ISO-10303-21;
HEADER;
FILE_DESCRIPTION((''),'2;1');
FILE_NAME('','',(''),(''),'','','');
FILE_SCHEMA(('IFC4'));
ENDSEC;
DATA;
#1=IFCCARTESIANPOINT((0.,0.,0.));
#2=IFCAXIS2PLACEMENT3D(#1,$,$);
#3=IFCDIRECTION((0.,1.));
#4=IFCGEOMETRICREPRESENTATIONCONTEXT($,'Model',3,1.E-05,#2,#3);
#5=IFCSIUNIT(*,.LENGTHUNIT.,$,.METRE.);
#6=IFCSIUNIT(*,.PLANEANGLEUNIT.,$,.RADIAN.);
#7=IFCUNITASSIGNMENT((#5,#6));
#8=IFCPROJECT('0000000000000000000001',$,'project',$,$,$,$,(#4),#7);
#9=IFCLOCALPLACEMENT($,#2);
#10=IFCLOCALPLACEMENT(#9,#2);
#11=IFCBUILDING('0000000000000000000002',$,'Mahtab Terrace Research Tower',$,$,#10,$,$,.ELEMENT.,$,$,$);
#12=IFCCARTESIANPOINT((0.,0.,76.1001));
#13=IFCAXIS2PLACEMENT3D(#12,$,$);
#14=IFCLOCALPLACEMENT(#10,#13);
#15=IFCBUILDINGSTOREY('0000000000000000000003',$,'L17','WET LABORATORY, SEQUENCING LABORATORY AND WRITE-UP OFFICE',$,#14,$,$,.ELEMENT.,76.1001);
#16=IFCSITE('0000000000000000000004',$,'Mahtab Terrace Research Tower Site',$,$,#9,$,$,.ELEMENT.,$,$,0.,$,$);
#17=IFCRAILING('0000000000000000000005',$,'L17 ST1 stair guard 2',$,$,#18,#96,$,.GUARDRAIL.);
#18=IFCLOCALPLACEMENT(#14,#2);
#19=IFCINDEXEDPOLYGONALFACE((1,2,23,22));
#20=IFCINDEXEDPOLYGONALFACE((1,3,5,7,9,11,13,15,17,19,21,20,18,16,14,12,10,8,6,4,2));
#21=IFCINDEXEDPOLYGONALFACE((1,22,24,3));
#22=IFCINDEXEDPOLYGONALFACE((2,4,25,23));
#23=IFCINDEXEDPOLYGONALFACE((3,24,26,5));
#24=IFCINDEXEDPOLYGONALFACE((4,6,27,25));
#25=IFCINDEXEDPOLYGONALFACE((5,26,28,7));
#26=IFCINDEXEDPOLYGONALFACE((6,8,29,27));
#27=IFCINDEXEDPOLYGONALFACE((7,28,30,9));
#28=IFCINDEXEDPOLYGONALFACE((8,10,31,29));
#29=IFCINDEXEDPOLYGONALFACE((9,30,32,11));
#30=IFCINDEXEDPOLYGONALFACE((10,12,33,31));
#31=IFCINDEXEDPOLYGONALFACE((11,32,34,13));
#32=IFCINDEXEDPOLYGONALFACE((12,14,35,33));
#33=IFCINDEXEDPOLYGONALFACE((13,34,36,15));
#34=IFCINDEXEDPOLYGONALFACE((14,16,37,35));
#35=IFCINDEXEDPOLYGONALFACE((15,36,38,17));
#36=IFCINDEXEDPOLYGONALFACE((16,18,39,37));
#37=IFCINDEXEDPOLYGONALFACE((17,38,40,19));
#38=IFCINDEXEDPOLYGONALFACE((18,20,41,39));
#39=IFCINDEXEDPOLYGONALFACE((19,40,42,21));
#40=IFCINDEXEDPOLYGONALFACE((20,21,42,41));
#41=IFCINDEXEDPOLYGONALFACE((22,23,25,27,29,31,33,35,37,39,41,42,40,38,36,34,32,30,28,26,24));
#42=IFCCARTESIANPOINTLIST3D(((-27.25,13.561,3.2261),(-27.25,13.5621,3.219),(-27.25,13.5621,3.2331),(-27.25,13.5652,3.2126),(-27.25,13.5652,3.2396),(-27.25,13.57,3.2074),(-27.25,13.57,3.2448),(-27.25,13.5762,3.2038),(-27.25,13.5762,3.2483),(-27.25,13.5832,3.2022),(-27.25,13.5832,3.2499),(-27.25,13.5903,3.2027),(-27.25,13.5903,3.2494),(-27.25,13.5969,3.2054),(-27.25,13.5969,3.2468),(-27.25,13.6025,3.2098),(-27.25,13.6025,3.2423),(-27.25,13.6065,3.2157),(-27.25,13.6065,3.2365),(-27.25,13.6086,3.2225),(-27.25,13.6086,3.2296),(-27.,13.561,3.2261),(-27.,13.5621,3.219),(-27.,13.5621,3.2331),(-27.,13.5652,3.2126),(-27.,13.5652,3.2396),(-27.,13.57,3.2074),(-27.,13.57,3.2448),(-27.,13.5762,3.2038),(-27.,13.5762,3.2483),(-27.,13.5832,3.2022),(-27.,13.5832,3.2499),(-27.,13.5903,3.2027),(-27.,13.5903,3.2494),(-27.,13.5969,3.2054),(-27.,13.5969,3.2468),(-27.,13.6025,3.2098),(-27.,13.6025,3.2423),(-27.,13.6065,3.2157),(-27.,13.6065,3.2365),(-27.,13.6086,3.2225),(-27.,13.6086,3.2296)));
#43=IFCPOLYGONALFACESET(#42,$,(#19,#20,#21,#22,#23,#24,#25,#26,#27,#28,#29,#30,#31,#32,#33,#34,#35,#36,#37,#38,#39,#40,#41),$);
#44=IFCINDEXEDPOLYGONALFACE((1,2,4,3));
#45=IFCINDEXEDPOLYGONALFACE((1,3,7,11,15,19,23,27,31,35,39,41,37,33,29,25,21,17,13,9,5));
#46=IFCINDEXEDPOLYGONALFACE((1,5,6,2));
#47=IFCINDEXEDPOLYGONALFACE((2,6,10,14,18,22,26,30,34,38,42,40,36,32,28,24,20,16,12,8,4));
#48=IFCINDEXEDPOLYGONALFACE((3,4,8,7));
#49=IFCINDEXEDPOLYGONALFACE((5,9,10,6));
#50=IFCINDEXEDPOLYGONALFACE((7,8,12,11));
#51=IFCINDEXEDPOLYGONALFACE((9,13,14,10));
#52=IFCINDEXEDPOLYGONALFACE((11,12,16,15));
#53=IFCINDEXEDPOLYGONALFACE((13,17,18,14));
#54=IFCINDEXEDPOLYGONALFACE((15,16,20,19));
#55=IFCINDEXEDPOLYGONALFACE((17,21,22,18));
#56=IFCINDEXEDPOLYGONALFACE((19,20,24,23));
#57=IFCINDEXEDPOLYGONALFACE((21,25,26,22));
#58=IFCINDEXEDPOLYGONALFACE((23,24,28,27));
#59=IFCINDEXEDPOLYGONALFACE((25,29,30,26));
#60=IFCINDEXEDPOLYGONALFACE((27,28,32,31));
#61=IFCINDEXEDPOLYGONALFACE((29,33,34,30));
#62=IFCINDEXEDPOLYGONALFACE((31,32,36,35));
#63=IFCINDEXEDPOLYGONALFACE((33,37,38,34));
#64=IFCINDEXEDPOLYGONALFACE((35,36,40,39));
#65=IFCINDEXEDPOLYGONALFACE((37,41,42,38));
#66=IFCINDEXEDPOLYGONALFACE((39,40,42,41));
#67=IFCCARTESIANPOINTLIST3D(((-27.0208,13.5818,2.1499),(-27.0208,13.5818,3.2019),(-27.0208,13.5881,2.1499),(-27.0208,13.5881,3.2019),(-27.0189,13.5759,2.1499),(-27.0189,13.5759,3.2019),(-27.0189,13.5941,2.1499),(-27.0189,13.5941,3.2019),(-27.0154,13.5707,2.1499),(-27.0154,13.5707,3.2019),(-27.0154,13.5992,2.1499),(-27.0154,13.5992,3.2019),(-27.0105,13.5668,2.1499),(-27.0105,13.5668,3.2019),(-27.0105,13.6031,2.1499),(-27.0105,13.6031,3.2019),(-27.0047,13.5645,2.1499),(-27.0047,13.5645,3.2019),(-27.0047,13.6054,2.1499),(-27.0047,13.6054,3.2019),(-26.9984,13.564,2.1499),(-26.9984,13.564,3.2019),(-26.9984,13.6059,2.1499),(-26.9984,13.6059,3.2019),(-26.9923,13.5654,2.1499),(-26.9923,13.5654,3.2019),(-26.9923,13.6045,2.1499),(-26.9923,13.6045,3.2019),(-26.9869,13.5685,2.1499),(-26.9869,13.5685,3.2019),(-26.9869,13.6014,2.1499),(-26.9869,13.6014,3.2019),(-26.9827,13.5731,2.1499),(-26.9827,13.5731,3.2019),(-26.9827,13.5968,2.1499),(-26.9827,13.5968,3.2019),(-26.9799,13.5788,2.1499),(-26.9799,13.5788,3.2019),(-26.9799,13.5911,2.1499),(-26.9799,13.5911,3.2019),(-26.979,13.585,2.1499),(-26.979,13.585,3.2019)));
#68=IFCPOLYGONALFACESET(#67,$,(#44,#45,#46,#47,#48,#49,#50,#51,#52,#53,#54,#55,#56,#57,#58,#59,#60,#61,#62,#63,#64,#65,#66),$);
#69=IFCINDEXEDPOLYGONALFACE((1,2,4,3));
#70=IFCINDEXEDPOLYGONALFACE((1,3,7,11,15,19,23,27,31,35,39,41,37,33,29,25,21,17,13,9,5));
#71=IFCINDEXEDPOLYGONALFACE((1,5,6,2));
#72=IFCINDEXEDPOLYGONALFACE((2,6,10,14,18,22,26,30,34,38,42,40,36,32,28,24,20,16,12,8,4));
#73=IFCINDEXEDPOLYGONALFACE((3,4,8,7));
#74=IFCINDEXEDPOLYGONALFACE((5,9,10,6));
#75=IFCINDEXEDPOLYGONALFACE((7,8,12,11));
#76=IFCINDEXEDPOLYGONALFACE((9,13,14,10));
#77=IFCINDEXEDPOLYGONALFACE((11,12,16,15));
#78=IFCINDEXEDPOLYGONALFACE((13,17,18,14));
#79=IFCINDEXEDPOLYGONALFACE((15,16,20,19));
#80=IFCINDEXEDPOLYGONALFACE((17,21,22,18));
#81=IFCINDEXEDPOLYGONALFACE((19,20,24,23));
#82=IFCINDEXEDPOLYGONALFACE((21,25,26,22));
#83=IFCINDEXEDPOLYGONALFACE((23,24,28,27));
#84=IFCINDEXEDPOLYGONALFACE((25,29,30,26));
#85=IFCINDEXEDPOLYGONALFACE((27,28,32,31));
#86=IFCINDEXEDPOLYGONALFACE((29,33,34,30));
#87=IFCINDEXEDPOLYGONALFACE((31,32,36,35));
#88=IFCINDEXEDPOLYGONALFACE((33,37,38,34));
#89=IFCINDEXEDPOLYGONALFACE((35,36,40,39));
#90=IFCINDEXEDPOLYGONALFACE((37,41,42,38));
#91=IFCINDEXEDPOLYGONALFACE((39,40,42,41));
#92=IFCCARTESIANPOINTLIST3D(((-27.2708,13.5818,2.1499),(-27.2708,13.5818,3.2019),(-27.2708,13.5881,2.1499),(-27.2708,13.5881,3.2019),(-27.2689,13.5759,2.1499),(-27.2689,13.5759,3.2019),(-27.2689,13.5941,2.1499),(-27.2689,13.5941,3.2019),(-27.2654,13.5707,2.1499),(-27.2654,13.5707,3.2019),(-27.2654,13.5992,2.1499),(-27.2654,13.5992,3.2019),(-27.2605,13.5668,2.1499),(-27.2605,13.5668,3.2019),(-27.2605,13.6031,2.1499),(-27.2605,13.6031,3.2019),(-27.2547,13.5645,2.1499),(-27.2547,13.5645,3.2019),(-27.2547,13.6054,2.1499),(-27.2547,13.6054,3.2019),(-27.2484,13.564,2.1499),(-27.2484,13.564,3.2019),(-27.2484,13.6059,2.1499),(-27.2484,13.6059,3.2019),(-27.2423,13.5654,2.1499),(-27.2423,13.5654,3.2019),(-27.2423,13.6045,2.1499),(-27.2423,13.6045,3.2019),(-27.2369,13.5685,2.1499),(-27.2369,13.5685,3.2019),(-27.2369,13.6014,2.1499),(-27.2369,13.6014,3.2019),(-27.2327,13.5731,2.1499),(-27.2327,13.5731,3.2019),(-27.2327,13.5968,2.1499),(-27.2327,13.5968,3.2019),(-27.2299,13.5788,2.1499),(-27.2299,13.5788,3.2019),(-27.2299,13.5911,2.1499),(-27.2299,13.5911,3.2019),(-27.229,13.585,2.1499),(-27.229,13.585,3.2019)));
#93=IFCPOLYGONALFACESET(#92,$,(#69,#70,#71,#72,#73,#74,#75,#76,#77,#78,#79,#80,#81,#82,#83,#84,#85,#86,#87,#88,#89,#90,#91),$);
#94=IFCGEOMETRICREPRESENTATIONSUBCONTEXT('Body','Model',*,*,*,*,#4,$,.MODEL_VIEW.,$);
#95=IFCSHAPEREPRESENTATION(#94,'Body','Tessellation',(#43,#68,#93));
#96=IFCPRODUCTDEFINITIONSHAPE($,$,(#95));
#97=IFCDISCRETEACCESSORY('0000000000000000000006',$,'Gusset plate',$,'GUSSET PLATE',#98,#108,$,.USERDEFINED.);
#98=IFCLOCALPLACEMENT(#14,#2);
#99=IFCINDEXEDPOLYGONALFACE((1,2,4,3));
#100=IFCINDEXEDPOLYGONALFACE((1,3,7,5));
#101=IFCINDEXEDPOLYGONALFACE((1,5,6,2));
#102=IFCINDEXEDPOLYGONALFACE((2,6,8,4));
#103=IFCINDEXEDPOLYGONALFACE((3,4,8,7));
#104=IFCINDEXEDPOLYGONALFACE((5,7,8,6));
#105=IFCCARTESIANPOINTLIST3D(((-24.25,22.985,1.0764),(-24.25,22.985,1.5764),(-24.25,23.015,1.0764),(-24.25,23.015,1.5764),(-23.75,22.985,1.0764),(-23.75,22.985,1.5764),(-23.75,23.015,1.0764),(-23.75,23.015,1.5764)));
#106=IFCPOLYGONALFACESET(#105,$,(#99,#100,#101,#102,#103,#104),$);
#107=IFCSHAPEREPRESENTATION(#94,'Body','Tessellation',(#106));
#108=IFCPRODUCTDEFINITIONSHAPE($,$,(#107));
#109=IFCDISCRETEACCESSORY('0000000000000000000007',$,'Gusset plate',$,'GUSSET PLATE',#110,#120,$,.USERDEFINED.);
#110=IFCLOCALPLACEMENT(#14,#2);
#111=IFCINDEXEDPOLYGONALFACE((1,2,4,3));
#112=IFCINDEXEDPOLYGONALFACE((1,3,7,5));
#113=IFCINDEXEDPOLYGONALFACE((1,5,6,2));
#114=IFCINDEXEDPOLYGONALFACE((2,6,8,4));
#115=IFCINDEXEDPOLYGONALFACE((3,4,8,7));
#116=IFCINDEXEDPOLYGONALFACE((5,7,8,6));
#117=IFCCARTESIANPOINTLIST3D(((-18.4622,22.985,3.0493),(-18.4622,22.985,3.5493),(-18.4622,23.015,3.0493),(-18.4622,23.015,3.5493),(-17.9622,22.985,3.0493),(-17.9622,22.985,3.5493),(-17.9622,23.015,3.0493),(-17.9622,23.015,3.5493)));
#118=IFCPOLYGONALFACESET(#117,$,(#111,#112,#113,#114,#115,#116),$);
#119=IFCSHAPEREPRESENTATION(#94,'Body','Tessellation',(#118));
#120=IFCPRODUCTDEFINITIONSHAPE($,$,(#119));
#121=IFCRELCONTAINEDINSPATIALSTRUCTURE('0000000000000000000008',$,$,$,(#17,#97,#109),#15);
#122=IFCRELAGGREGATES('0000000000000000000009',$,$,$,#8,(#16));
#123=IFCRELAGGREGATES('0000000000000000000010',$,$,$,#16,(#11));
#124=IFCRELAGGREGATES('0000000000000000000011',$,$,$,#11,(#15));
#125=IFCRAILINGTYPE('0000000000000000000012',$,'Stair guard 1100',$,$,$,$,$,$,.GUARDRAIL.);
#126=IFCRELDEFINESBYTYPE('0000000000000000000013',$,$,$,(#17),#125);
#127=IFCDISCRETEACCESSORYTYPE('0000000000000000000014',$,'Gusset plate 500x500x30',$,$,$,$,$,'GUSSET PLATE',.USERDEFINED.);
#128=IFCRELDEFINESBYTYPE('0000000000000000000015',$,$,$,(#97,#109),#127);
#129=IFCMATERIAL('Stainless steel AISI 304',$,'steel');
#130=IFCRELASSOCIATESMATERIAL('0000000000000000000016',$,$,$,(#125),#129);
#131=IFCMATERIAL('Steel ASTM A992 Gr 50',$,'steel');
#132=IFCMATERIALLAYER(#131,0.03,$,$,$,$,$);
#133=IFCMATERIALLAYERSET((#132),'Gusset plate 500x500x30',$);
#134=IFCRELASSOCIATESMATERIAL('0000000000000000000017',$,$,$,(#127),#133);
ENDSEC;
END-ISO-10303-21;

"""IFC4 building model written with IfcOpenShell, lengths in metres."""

from ifc_helpers import new_model, si_unit, direction, frame, origin, origin_2d, place, context, subcontext, project, spatial, rectangle, circle, extrude, material, layer, layer_set, type_object, element, save


model = new_model("IFC4")

# Units and contexts
model_context = context("Model", 3, precision=1e-05, world=origin(), true_north=direction((0.0, 1.0)))
body_context = subcontext(model_context, "Body", "Model", "MODEL_VIEW")
ifc_project = project(units=[si_unit("LENGTHUNIT", "METRE"), si_unit("PLANEANGLEUNIT", "RADIAN")], contexts=[model_context])

# Site, building, storey
site_placement = place(None, origin())
site = spatial("IfcSite", under=ifc_project, at=site_placement, Name="Mahtab Terrace Research Tower Site", CompositionType="ELEMENT", RefElevation=0.0)
building_placement = place(site_placement, origin())
building = spatial("IfcBuilding", under=site, at=building_placement, Name="Mahtab Terrace Research Tower", CompositionType="ELEMENT")
storey_placement = place(building_placement, frame((0.0, 0.0, 76.1001)))
storey = spatial("IfcBuildingStorey", under=building, at=storey_placement, Name="L17", Description="WET LABORATORY, SEQUENCING LABORATORY AND WRITE-UP OFFICE", CompositionType="ELEMENT", Elevation=76.1001)

# Shared definitions
ifc_material_1 = material(Name="Steel ASTM A992 Gr 50", Category="steel")

# Shared definitions
ifc_material_2 = material(Name="Stainless steel AISI 304", Category="steel")

# Railing
railing_type = type_object("IfcRailingType", Name="Stair guard 1100", PredefinedType="GUARDRAIL", material=ifc_material_2)
railing_placement = place(storey_placement, frame((-27.0, 13.585, 2.1499)))
element("IfcRailing", 1, at=railing_placement, inside=storey, type_object=railing_type, Name="L17 ST1 stair guard 2", PredefinedType="GUARDRAIL", context=body_context, shape_type="SweptSolid", body=[
    extrude(circle(Radius=0.0239, at=origin_2d()), frame((0.0, 0.0, 1.0762), z_axis=(-1.0, 0.0, 0.0), x_axis=(0.0, -1.0, 0.0)), (0.0, 0.0, 1.0), 0.25),
    extrude(circle(Radius=0.021, at=origin_2d()), origin(), (0.0, 0.0, 1.0), 1.052),
    extrude(circle(Radius=0.021, at=origin_2d()), frame((-0.25, 0.0, 0.0)), (0.0, 0.0, 1.0), 1.052),
])

# Discrete accessories
ifc_layer_1 = layer(ifc_material_1, 0.03)
ifc_layer_set_1 = layer_set([ifc_layer_1], Name="Gusset plate 500x500x30")
discrete_accessory_type = type_object("IfcDiscreteAccessoryType", Name="Gusset plate 500x500x30", ElementType="GUSSET PLATE", PredefinedType="USERDEFINED", material=ifc_layer_set_1)
for number, where, z_axis, x_axis, name in (
    (2, (-24.0, 23.0, 1.0764), (0.0, 0.0, 1.0), (1.0, 0.0, 0.0), "Gusset plate"),
    (3, (-18.2122, 23.0, 3.0493), (0.0, 0.0, 1.0), (1.0, 0.0, 0.0), "Gusset plate"),
):
    element("IfcDiscreteAccessory", number, at=place(storey_placement, frame(where, z_axis=z_axis, x_axis=x_axis)), inside=storey, type_object=discrete_accessory_type, Name=name, ObjectType="GUSSET PLATE", PredefinedType="USERDEFINED", context=body_context, shape_type="SweptSolid", body=[
        extrude(rectangle(XDim=0.5, YDim=0.03, at=origin_2d()), origin(), (0.0, 0.0, 1.0), 0.5),
    ])

save(model, "model.ifc")
